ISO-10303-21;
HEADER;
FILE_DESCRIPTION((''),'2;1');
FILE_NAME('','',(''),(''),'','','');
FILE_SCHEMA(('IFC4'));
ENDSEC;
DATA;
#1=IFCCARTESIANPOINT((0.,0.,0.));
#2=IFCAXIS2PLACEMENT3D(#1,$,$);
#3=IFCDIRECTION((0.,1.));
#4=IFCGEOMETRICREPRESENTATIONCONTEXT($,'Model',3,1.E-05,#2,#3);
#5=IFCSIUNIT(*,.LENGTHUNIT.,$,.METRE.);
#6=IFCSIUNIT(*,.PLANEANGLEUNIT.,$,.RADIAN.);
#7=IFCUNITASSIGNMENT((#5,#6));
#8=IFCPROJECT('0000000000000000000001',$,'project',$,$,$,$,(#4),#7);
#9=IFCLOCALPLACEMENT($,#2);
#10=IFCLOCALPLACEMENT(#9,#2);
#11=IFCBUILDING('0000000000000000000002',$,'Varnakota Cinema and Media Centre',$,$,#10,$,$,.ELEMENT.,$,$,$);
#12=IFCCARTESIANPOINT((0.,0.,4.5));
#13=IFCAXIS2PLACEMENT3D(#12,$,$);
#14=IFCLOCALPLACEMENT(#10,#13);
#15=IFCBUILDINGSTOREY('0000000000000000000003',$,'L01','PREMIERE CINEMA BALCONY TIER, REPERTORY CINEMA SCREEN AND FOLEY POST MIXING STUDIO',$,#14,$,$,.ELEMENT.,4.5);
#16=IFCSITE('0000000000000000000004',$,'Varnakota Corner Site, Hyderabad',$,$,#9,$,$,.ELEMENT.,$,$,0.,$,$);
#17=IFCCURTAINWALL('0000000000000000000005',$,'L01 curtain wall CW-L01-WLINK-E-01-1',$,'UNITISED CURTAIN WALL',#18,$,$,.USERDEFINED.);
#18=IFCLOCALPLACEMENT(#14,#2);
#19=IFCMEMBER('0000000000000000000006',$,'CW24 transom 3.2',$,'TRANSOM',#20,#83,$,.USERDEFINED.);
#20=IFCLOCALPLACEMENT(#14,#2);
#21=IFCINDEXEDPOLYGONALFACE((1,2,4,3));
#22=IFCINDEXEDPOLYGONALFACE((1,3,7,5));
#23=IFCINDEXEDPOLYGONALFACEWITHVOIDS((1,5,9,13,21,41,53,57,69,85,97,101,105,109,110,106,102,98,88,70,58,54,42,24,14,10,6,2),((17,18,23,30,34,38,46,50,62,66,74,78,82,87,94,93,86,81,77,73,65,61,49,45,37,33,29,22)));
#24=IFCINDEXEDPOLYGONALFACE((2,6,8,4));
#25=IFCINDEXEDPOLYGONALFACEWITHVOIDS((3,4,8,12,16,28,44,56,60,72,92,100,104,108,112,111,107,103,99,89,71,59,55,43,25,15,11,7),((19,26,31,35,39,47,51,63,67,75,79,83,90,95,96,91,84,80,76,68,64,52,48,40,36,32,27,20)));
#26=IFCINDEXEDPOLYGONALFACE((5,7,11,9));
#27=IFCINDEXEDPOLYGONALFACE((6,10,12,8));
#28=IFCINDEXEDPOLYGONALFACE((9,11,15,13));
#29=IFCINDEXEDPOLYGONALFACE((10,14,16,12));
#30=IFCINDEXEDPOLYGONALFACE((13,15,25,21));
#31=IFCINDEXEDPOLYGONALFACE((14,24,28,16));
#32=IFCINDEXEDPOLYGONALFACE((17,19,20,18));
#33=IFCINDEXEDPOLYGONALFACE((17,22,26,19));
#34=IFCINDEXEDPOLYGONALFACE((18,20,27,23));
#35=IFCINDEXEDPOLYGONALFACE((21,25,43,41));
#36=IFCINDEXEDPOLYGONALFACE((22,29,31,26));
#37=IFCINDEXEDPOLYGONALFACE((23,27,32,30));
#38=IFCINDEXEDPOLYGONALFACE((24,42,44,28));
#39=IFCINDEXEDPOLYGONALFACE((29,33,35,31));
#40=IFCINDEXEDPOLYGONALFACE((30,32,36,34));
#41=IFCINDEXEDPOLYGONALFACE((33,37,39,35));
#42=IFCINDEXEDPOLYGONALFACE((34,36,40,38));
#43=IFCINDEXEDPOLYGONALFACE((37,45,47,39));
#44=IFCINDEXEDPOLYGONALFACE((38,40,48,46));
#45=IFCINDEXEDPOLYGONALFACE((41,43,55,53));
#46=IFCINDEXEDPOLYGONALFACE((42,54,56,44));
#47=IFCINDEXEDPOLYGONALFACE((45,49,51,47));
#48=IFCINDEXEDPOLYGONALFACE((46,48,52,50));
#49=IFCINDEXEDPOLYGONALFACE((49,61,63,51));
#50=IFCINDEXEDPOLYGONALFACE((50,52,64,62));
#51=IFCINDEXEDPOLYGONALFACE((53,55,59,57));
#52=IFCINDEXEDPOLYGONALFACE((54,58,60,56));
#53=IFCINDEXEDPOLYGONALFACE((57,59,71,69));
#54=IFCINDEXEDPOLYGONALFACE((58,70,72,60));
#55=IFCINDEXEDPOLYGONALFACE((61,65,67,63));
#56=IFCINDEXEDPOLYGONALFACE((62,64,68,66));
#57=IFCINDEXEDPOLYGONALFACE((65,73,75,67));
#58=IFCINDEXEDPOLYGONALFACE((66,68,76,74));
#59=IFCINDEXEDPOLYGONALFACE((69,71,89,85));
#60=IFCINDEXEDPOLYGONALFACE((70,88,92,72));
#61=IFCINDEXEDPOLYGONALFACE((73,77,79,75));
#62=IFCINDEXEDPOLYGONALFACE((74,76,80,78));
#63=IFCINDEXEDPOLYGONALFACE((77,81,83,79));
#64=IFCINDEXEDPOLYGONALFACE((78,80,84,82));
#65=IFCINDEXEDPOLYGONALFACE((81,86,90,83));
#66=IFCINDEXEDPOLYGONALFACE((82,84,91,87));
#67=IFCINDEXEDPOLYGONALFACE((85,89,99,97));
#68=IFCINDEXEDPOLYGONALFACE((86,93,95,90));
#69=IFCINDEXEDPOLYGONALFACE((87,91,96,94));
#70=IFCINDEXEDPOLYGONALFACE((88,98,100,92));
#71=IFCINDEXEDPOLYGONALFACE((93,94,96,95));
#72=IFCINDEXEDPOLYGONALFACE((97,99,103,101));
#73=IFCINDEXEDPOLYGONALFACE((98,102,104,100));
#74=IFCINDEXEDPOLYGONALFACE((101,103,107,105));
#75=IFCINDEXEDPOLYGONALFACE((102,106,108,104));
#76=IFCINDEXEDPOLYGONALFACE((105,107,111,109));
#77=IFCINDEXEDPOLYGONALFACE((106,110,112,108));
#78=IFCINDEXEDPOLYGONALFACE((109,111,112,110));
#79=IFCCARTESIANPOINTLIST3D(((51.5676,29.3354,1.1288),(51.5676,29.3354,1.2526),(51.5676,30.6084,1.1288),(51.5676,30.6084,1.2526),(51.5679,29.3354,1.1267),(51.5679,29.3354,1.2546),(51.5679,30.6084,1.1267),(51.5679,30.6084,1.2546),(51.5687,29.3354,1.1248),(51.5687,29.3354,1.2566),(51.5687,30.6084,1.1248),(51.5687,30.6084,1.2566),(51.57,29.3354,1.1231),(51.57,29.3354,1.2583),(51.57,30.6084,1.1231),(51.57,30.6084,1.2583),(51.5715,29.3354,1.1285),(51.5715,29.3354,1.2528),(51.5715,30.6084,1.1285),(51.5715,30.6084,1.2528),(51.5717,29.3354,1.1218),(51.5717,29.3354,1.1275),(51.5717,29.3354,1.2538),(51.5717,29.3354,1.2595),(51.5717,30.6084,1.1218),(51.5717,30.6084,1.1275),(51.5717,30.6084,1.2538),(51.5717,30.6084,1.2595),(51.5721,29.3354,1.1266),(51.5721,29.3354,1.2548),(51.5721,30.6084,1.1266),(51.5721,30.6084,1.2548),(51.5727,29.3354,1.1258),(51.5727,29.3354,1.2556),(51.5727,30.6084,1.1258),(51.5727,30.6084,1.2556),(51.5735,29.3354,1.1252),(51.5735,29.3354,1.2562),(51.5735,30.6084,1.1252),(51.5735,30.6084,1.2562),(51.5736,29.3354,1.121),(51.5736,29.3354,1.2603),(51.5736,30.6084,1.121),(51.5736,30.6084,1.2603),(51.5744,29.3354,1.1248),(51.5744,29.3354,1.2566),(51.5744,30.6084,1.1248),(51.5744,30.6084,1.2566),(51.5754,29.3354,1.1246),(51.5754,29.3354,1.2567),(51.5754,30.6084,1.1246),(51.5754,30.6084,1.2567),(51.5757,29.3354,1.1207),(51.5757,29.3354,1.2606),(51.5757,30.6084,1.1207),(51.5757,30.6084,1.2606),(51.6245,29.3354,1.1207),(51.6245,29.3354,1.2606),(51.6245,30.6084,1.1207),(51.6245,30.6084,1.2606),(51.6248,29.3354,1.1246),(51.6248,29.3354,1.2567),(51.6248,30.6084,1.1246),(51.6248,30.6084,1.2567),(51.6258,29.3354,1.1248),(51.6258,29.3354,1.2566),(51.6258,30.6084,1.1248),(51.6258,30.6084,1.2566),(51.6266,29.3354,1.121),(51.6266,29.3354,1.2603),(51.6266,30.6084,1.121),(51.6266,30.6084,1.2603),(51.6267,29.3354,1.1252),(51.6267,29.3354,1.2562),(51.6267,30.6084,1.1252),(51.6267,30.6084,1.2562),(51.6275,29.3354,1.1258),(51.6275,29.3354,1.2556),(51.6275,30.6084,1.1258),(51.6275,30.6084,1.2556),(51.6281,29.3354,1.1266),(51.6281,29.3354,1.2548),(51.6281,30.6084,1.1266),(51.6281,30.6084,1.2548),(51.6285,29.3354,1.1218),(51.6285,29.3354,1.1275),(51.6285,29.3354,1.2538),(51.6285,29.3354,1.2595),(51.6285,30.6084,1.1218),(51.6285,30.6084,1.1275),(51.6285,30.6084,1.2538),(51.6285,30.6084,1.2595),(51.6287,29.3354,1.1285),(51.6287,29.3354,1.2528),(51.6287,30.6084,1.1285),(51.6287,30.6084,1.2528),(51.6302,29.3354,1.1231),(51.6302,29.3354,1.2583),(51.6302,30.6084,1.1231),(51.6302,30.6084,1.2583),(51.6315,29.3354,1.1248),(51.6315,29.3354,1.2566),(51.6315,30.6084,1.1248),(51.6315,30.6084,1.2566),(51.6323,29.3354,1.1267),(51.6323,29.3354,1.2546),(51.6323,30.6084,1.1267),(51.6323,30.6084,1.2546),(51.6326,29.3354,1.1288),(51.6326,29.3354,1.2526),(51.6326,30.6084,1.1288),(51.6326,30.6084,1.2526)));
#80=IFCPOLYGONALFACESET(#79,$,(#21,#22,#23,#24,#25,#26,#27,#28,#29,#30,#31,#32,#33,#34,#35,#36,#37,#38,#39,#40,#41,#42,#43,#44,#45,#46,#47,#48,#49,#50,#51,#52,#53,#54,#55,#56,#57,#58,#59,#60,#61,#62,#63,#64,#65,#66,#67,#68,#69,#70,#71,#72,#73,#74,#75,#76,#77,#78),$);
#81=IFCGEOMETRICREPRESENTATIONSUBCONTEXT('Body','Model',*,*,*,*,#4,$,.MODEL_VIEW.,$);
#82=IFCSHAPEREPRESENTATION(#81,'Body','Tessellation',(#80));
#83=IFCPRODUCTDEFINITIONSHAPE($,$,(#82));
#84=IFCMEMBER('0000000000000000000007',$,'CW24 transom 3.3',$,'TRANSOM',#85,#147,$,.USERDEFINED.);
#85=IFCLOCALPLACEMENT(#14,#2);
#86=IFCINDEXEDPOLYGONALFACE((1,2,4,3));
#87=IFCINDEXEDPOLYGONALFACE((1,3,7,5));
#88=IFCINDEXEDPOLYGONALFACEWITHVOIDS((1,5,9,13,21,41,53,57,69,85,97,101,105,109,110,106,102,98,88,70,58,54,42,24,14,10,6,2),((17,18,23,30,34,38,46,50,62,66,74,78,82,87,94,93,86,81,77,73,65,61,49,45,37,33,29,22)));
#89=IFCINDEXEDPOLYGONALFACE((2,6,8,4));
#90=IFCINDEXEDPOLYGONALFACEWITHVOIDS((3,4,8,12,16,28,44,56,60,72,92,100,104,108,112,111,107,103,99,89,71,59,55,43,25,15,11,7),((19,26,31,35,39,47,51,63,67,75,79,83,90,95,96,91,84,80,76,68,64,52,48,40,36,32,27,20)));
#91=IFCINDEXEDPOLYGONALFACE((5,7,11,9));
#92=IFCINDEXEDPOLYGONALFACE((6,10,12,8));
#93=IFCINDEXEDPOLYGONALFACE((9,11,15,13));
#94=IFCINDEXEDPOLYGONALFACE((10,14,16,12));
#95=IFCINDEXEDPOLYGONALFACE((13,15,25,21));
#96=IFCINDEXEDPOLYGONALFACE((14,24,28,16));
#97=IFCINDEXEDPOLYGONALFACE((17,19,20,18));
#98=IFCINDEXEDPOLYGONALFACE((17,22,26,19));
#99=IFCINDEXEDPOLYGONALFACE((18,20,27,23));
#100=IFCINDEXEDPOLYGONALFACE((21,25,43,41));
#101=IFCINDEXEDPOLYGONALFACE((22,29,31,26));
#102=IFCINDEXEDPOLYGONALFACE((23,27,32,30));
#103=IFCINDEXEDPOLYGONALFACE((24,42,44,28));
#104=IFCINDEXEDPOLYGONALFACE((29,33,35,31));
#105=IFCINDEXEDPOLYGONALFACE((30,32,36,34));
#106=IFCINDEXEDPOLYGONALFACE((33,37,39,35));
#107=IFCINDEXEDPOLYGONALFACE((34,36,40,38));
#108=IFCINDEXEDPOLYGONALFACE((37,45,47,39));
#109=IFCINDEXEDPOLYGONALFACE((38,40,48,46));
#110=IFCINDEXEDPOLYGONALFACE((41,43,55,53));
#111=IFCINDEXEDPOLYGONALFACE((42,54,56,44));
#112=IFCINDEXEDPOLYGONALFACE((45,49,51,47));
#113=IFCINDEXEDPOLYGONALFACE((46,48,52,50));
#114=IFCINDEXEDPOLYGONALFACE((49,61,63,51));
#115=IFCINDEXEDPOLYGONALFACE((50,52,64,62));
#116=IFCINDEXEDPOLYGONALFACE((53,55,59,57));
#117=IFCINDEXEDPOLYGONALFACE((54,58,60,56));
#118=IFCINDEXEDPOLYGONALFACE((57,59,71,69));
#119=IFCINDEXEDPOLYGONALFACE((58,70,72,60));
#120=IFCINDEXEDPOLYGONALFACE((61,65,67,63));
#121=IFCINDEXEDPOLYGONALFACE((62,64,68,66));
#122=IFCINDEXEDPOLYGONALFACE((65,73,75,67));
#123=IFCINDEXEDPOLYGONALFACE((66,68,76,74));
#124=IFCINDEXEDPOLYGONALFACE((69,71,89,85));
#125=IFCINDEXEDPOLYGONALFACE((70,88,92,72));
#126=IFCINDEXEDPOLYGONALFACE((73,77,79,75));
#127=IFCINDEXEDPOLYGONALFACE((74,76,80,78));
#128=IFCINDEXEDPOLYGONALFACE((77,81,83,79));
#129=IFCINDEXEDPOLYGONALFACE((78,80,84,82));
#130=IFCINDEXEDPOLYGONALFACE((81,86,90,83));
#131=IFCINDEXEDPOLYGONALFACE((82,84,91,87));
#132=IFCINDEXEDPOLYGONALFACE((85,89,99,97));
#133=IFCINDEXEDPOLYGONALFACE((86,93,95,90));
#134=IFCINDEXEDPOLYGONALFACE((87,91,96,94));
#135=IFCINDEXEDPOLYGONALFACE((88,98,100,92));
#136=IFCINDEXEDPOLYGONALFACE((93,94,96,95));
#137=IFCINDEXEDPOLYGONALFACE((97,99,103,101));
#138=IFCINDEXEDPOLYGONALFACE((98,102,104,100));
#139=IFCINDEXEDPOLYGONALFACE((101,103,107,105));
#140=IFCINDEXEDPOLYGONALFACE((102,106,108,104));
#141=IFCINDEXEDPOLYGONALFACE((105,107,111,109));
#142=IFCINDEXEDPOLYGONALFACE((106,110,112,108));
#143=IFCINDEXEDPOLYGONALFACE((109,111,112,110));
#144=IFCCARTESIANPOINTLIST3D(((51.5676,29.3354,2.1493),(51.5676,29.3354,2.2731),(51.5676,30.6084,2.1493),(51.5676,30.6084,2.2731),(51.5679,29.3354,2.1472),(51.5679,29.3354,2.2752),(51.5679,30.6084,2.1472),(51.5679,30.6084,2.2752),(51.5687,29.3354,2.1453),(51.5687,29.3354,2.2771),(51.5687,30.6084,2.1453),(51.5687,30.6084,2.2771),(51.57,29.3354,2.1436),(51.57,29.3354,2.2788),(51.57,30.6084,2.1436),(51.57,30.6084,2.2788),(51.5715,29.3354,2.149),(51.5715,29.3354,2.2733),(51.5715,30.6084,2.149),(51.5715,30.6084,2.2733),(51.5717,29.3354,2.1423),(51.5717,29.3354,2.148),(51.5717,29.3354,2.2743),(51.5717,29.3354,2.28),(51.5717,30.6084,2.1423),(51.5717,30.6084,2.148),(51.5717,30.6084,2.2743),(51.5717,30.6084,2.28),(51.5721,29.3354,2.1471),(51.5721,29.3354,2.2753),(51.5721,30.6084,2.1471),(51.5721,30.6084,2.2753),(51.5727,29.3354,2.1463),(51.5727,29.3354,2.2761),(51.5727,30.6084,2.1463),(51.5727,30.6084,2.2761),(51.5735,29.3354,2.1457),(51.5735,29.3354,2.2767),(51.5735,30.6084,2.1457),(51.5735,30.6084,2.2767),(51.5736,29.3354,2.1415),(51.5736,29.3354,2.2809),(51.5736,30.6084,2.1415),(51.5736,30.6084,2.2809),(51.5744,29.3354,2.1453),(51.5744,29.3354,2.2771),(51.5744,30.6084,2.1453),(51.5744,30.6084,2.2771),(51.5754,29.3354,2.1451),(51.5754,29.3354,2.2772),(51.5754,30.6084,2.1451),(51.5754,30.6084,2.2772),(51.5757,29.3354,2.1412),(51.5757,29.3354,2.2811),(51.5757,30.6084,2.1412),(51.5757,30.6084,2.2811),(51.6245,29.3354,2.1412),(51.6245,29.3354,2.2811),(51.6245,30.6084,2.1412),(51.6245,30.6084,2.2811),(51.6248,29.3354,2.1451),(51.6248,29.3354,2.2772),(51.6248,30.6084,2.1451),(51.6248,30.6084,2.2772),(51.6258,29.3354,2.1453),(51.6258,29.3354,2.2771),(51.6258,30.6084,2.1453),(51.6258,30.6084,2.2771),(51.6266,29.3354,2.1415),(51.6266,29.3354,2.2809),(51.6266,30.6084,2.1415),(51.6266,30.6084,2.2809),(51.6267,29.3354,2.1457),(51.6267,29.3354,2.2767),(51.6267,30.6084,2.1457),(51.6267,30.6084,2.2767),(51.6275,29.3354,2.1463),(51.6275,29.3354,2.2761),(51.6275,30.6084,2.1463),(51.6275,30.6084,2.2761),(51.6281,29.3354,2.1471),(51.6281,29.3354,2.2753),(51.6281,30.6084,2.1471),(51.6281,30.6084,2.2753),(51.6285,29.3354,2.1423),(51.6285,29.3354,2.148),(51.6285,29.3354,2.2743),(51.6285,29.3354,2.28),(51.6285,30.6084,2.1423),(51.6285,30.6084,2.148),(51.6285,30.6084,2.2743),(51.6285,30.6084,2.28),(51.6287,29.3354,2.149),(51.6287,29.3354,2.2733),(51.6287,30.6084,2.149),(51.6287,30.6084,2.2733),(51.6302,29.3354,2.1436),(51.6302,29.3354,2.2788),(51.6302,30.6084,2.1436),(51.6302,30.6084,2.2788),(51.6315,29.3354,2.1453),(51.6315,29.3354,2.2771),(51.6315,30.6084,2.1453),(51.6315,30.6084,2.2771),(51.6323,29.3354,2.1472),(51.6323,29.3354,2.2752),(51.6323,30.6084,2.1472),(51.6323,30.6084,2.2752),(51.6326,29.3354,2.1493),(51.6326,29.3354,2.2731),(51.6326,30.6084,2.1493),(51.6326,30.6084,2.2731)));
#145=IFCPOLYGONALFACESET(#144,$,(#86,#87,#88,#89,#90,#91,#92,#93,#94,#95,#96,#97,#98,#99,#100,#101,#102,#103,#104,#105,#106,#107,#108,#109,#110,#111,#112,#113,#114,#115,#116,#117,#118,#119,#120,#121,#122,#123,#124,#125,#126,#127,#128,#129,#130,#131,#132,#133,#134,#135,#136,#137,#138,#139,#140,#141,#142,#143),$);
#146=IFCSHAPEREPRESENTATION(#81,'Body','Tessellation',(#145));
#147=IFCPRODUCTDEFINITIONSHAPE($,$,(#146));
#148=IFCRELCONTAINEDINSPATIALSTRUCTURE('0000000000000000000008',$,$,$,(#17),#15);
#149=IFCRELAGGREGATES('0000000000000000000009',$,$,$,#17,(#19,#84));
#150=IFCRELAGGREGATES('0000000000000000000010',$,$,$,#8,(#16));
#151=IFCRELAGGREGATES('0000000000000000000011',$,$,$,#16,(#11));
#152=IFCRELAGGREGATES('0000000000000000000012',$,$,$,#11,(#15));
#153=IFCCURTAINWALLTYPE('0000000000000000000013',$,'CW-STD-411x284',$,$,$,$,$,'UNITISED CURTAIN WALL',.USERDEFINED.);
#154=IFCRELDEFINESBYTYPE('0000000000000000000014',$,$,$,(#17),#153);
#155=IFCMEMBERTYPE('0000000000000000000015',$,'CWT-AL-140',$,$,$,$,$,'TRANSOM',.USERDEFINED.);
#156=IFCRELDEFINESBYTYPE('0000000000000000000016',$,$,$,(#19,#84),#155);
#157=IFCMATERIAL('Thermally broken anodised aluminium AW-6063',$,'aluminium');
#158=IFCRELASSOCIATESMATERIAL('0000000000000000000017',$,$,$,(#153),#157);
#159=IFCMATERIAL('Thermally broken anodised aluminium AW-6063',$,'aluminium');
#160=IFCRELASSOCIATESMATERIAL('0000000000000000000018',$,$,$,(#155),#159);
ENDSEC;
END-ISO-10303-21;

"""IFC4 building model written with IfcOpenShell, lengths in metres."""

from ifc_helpers import new_model, si_unit, direction, frame, origin, origin_2d, place, context, subcontext, project, spatial, hollow_rectangle, extrude, material, material_profile, profile_set, type_object, element, aggregate, save


model = new_model("IFC4")

# Units and contexts
model_context = context("Model", 3, precision=1e-05, world=origin(), true_north=direction((0.0, 1.0)))
body_context = subcontext(model_context, "Body", "Model", "MODEL_VIEW")
ifc_project = project(units=[si_unit("LENGTHUNIT", "METRE"), si_unit("PLANEANGLEUNIT", "RADIAN")], contexts=[model_context])

# Site, building, storey
site_placement = place(None, origin())
site = spatial("IfcSite", under=ifc_project, at=site_placement, Name="Varnakota Corner Site, Hyderabad", CompositionType="ELEMENT", RefElevation=0.0)
building_placement = place(site_placement, origin())
building = spatial("IfcBuilding", under=site, at=building_placement, Name="Varnakota Cinema and Media Centre", CompositionType="ELEMENT")
storey_placement = place(building_placement, frame((0.0, 0.0, 4.5)))
storey = spatial("IfcBuildingStorey", under=building, at=storey_placement, Name="L01", Description="PREMIERE CINEMA BALCONY TIER, REPERTORY CINEMA SCREEN AND FOLEY POST MIXING STUDIO", CompositionType="ELEMENT", Elevation=4.5)

# Curtain wall
ifc_material_1 = material(Name="Thermally broken anodised aluminium AW-6063", Category="aluminium")
curtain_wall_type = type_object("IfcCurtainWallType", Name="CW-STD-411x284", ElementType="UNITISED CURTAIN WALL", PredefinedType="USERDEFINED", material=ifc_material_1)
curtain_wall_1_placement = place(storey_placement, origin())
curtain_wall_1 = element("IfcCurtainWall", 1, at=curtain_wall_1_placement, inside=storey, type_object=curtain_wall_type, Name="L01 curtain wall CW-L01-WLINK-E-01-1", ObjectType="UNITISED CURTAIN WALL", PredefinedType="USERDEFINED")

# Members
ifc_material_2 = material(Name="Thermally broken anodised aluminium AW-6063", Category="aluminium")
ifc_material_profile_1 = material_profile(ifc_material_2, hollow_rectangle(XDim=0.0649, YDim=0.1399, WallThickness=0.0039, InnerFilletRadius=0.0039, OuterFilletRadius=0.0081, at=origin_2d()), Name="AL-TRANSOM 140x65x4")
ifc_profile_set_1 = profile_set([ifc_material_profile_1], Name="Thermally broken anodised aluminium AW-6063")
member_type_1 = type_object("IfcMemberType", Name="CWT-AL-140", ElementType="TRANSOM", PredefinedType="USERDEFINED", material=ifc_profile_set_1)
member_1_placement = place(storey_placement, frame((51.6001, 29.3354, 1.1907), z_axis=(0.0, 1.0, 0.0), x_axis=(-1.0, 0.0, 0.0)))
member_1 = element("IfcMember", 2, at=member_1_placement, type_object=member_type_1, Name="CW24 transom 3.2", ObjectType="TRANSOM", PredefinedType="USERDEFINED", context=body_context, shape_type="SweptSolid", body=[
    extrude(hollow_rectangle(XDim=0.0649, YDim=0.1399, WallThickness=0.0039, InnerFilletRadius=0.0039, OuterFilletRadius=0.0081, at=origin_2d()), origin(), (0.0, 0.0, 1.0), 1.2729),
])
member_2_placement = place(storey_placement, frame((51.6001, 29.3354, 2.2112), z_axis=(0.0, 1.0, 0.0), x_axis=(-1.0, 0.0, 0.0)))
member_2 = element("IfcMember", 3, at=member_2_placement, type_object=member_type_1, Name="CW24 transom 3.3", ObjectType="TRANSOM", PredefinedType="USERDEFINED", context=body_context, shape_type="SweptSolid", body=[
    extrude(hollow_rectangle(XDim=0.0649, YDim=0.1399, WallThickness=0.0039, InnerFilletRadius=0.0039, OuterFilletRadius=0.0081, at=origin_2d()), origin(), (0.0, 0.0, 1.0), 1.2729),
])

aggregate(curtain_wall_1, [member_1, member_2])

save(model, "model.ifc")
